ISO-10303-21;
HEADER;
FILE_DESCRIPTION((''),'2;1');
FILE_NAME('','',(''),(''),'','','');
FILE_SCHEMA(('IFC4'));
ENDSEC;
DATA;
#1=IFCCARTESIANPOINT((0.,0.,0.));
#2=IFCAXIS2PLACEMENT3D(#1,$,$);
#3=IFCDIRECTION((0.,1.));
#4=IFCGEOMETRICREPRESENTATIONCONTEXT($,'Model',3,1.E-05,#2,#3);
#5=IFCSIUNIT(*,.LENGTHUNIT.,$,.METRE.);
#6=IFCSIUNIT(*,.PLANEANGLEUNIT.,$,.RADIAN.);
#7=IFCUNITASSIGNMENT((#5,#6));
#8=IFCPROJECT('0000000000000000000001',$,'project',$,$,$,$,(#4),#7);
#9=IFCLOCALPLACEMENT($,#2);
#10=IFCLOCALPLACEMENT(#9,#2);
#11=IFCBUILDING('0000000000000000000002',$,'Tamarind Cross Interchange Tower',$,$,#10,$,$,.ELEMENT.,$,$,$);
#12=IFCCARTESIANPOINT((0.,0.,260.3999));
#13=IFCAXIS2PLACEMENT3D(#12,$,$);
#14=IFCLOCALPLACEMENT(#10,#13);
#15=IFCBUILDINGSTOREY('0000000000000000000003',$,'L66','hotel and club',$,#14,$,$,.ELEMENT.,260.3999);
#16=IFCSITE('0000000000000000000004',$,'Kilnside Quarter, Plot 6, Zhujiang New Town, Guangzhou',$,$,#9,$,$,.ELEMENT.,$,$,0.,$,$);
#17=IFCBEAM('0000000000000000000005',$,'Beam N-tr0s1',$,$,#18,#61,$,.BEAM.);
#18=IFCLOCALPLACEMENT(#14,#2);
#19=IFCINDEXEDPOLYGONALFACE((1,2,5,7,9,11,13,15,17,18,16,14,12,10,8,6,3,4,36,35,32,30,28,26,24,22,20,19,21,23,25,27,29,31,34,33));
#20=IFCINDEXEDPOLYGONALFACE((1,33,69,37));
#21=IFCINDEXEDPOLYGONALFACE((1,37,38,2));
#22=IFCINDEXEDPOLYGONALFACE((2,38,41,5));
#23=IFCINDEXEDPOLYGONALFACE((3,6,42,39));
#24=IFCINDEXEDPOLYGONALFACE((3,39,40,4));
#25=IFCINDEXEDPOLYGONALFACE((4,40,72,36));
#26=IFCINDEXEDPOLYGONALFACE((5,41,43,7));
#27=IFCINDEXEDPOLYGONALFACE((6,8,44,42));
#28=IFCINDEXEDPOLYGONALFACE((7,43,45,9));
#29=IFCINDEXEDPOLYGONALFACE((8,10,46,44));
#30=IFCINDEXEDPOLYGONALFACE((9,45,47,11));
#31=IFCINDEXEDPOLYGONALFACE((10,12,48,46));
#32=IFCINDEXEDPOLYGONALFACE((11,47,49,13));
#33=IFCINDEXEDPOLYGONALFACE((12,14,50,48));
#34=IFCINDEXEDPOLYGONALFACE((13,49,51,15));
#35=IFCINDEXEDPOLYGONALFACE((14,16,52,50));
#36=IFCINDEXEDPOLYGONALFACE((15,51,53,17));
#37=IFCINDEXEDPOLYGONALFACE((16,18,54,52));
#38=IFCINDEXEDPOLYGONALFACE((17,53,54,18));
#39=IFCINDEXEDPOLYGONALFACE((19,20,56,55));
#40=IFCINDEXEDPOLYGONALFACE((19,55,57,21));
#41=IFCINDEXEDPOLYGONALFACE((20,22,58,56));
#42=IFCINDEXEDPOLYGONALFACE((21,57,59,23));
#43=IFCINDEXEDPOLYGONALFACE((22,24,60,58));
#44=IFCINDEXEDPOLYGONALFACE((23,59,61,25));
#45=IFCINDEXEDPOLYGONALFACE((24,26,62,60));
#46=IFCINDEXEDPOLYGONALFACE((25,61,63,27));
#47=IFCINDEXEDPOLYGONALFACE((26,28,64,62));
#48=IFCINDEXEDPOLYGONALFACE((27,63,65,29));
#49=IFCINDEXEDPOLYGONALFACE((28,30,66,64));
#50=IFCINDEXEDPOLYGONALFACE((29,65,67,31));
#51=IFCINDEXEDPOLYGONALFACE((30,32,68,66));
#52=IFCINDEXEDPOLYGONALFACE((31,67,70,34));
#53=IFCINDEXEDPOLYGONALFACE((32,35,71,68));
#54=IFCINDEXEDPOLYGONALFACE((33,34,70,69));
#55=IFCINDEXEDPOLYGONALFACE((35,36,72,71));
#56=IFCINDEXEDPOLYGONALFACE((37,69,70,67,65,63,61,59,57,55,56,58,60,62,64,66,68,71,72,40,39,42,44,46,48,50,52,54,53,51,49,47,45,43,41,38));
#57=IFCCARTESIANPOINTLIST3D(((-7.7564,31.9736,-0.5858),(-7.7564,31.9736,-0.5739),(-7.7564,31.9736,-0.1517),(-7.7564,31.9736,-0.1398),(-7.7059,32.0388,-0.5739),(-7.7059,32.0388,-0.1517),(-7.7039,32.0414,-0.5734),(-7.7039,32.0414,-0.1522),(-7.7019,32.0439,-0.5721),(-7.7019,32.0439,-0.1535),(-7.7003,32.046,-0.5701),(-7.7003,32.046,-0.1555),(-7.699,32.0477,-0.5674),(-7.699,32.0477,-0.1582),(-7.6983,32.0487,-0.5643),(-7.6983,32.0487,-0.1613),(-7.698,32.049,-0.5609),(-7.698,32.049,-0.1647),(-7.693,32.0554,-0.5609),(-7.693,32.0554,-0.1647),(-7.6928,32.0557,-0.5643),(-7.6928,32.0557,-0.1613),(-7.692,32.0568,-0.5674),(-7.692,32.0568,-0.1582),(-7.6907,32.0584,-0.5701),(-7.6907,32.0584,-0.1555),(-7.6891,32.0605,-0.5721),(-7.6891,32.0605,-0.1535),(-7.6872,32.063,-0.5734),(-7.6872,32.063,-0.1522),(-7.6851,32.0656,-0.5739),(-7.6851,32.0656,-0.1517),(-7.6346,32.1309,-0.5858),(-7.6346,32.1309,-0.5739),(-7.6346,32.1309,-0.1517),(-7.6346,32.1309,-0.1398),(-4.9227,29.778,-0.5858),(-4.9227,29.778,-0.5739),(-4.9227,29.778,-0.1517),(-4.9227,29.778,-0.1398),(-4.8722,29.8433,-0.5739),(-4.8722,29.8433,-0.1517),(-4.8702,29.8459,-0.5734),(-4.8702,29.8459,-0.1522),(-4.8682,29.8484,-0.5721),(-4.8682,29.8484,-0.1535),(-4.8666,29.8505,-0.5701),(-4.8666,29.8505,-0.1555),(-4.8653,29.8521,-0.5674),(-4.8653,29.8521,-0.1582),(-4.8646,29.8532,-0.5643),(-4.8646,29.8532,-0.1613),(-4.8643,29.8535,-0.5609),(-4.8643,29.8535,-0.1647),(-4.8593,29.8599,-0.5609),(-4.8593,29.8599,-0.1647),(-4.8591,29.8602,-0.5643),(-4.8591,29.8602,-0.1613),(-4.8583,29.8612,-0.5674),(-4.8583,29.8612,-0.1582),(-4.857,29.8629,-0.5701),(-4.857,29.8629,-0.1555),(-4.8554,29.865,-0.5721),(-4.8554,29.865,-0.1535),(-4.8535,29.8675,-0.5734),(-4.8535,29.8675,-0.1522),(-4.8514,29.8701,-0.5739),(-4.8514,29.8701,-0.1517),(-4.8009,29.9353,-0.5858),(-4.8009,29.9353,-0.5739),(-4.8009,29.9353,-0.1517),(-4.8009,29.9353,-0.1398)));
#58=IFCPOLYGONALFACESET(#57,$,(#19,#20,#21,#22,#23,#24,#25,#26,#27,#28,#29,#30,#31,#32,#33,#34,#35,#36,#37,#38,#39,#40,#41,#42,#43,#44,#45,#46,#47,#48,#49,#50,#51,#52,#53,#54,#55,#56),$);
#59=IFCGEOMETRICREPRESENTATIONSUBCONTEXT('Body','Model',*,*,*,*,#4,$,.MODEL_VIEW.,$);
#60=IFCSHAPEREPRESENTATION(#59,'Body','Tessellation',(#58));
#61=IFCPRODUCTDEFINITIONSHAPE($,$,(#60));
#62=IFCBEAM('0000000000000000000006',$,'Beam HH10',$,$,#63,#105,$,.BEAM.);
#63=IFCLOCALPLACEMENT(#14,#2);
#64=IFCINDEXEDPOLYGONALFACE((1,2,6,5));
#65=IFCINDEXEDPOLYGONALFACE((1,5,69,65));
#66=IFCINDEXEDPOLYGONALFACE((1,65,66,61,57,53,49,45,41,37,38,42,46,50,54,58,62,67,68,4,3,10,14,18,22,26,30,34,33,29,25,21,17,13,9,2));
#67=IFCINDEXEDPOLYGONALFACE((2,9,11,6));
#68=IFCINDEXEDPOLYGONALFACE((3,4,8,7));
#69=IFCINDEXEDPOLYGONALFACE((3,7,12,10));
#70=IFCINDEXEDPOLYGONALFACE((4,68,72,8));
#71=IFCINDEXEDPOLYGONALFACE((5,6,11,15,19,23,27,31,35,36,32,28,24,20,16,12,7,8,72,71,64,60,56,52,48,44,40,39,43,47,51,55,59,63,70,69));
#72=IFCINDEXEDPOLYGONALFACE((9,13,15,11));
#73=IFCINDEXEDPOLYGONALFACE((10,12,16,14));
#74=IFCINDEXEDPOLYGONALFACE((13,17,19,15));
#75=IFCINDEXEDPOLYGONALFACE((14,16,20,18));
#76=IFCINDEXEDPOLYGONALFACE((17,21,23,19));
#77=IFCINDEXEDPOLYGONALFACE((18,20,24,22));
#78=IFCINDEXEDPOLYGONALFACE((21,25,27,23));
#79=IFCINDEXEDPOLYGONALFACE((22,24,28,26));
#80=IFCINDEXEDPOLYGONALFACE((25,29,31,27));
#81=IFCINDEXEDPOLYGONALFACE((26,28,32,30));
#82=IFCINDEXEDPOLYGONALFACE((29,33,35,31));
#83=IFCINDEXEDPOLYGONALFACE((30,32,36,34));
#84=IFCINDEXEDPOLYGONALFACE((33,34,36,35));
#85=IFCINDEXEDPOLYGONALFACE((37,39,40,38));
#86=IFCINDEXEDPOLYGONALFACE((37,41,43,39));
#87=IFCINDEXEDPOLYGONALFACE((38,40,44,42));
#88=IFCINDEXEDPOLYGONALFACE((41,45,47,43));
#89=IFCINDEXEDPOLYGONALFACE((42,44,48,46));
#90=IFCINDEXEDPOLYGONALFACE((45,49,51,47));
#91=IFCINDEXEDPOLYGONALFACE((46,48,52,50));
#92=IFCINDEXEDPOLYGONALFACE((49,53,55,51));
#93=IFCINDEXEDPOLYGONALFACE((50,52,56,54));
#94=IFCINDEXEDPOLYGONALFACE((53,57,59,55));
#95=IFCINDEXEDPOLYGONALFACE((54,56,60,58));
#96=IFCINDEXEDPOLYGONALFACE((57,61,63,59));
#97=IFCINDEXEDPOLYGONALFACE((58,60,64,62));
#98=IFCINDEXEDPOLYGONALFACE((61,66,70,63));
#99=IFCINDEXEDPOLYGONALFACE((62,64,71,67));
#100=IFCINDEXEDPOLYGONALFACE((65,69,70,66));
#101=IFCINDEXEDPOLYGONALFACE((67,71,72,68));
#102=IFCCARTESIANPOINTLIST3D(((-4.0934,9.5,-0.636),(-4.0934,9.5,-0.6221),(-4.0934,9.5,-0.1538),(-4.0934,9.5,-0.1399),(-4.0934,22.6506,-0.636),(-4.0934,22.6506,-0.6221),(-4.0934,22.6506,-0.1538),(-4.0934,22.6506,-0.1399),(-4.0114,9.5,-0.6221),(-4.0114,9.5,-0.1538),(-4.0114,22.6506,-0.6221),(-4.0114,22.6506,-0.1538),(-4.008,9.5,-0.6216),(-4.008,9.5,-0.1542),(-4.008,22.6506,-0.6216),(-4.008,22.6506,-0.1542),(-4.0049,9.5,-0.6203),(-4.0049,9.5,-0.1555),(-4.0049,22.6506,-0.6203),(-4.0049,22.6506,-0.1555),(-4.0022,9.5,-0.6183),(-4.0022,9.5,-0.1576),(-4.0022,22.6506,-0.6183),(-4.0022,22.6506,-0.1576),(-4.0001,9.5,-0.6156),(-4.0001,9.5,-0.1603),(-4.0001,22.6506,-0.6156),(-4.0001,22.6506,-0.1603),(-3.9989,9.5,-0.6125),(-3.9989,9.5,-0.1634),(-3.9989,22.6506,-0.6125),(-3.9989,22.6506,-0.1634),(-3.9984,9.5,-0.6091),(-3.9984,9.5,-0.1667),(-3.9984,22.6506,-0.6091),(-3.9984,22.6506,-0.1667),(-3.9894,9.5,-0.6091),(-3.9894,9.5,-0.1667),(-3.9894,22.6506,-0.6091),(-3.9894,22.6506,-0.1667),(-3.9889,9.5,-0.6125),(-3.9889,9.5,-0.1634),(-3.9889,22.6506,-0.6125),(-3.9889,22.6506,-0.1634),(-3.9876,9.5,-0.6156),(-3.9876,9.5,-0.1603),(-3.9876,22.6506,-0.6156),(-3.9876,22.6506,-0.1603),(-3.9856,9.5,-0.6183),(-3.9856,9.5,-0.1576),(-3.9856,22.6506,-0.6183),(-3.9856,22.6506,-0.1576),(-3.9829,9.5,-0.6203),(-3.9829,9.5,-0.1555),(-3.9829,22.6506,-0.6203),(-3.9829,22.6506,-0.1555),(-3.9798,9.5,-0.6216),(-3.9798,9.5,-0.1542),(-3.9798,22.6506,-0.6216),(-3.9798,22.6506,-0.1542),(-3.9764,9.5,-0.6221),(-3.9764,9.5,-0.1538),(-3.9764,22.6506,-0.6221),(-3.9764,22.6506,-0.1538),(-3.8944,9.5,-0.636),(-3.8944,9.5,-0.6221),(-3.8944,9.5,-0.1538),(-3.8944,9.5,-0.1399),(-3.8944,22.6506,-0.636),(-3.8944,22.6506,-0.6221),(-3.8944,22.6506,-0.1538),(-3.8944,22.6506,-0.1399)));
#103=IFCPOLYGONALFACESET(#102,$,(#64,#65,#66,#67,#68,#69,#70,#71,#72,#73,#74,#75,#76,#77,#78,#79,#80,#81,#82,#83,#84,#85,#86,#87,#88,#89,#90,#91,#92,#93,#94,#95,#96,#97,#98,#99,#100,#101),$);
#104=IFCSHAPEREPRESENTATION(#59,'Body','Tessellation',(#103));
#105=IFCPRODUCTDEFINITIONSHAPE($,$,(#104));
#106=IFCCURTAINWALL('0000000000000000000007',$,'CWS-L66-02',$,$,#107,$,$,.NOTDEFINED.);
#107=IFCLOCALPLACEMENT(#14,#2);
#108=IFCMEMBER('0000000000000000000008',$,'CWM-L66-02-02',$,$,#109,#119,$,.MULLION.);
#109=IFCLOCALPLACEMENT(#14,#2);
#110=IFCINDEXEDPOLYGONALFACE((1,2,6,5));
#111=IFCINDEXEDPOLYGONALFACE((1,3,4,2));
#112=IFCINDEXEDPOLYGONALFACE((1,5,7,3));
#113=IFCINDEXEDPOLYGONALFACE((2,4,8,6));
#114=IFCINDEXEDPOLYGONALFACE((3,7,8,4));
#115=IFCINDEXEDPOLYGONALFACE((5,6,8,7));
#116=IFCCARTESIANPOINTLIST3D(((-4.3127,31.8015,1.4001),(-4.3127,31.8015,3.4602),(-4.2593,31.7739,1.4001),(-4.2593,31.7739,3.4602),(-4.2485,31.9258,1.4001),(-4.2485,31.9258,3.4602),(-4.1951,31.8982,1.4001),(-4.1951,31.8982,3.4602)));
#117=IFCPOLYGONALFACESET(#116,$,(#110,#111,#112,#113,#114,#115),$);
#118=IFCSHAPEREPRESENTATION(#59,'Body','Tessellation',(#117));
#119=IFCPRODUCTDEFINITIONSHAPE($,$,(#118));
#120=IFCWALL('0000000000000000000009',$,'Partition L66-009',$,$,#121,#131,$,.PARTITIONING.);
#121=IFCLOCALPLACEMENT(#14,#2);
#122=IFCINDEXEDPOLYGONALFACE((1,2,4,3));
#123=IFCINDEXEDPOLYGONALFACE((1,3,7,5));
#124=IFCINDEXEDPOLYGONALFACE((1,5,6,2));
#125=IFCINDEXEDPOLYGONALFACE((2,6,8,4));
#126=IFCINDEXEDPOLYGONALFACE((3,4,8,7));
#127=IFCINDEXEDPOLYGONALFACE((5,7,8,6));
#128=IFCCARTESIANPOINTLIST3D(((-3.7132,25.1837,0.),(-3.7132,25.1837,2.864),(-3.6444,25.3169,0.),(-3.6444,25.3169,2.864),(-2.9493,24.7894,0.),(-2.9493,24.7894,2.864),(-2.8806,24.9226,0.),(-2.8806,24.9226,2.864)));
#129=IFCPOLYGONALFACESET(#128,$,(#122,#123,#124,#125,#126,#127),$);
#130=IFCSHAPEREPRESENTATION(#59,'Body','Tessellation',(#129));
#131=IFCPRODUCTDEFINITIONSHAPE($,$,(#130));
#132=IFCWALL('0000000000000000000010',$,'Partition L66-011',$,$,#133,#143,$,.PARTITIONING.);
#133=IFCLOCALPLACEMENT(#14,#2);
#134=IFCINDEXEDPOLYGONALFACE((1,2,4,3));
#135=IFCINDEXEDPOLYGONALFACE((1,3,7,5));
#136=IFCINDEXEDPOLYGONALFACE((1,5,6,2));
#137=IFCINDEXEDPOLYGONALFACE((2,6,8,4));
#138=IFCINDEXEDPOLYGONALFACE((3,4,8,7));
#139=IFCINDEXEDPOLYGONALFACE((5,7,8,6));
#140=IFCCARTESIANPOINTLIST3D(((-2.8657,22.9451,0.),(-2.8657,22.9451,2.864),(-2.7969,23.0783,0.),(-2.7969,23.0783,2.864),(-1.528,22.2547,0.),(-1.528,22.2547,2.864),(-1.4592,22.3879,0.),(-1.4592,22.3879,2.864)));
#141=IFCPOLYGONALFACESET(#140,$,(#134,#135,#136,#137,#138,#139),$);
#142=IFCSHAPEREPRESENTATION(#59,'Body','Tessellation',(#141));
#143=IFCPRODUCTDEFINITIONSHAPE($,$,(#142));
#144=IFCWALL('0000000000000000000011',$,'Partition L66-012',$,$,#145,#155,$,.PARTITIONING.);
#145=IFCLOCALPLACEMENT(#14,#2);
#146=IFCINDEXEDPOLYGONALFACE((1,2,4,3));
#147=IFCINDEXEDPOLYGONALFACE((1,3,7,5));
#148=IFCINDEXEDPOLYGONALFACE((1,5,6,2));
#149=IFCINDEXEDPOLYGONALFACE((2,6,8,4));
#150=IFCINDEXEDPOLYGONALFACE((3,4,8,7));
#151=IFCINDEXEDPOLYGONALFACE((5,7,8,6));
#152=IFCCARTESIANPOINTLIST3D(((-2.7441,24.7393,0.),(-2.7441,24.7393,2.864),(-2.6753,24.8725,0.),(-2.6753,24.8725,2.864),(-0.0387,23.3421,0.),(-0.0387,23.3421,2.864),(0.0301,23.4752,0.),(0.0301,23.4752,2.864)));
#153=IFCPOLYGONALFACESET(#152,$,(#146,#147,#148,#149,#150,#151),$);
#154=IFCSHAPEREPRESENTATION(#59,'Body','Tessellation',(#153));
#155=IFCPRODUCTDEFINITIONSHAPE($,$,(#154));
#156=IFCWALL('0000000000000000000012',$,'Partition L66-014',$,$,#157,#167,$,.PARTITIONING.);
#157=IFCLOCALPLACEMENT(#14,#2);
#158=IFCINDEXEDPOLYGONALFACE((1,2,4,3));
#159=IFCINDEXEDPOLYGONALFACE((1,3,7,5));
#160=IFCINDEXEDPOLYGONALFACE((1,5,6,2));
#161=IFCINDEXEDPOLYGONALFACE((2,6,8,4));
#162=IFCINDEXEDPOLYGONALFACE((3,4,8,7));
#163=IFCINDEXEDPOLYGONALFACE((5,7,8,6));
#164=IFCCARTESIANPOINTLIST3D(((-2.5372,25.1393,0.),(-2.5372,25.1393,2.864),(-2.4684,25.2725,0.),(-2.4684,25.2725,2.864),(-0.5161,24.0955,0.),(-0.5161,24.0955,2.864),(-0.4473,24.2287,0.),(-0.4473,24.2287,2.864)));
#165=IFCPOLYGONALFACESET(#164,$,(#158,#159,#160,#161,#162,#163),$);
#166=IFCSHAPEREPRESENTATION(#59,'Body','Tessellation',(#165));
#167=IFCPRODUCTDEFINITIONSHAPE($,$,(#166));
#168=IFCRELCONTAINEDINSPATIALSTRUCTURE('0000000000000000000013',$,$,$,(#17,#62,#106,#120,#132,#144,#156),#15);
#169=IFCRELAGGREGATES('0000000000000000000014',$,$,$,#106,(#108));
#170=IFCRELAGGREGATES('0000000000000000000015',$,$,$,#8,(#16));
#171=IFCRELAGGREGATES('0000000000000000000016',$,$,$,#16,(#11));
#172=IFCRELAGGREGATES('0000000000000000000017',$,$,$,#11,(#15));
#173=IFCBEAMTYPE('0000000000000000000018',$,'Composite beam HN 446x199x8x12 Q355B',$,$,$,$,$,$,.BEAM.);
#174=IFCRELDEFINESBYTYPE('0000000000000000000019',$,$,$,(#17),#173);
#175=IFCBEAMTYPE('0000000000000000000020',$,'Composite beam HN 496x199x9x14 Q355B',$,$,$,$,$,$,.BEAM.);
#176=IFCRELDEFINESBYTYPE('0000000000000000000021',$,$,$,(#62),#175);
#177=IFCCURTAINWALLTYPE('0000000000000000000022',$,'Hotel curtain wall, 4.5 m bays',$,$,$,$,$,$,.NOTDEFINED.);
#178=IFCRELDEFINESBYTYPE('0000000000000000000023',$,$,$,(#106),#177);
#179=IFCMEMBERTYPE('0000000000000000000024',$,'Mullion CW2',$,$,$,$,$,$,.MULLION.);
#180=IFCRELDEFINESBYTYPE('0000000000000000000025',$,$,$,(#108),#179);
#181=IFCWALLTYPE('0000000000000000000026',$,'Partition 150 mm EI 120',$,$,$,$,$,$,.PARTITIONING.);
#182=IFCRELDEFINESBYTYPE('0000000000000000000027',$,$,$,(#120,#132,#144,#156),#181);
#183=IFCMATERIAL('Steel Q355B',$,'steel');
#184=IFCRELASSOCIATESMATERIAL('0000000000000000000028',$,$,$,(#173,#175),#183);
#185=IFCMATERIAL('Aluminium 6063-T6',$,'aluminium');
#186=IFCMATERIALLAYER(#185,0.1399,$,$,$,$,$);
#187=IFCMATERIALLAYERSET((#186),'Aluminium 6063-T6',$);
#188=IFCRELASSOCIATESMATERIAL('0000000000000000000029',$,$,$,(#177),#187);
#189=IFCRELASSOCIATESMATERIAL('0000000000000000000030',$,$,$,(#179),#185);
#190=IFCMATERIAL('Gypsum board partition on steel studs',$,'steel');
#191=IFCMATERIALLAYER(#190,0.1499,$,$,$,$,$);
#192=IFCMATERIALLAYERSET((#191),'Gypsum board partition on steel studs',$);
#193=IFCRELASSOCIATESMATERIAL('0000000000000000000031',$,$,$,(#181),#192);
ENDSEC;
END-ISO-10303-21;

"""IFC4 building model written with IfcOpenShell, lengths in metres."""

from ifc_helpers import new_model, si_unit, direction, frame, frame_2d, origin, origin_2d, place, context, subcontext, project, spatial, rectangle, i_section, extrude, material, layer, layer_set, material_profile, profile_set, type_object, element, aggregate, save


model = new_model("IFC4")

# Units and contexts
model_context = context("Model", 3, precision=1e-05, world=origin(), true_north=direction((0.0, 1.0)))
body_context = subcontext(model_context, "Body", "Model", "MODEL_VIEW")
ifc_project = project(units=[si_unit("LENGTHUNIT", "METRE"), si_unit("PLANEANGLEUNIT", "RADIAN")], contexts=[model_context])

# Site, building, storey
site_placement = place(None, origin())
site = spatial("IfcSite", under=ifc_project, at=site_placement, Name="Kilnside Quarter, Plot 6, Zhujiang New Town, Guangzhou", CompositionType="ELEMENT", RefElevation=0.0)
building_placement = place(site_placement, origin())
building = spatial("IfcBuilding", under=site, at=building_placement, Name="Tamarind Cross Interchange Tower", CompositionType="ELEMENT")
storey_placement = place(building_placement, frame((0.0, 0.0, 260.3999)))
storey = spatial("IfcBuildingStorey", under=building, at=storey_placement, Name="L66", Description="hotel and club", CompositionType="ELEMENT", Elevation=260.3999)

# Beams
ifc_material_1 = material(Name="Steel Q355B", Category="steel")
ifc_material_profile_1 = material_profile(ifc_material_1, i_section(OverallWidth=0.199, OverallDepth=0.446, WebThickness=0.0081, FlangeThickness=0.012, FilletRadius=0.0129, at=origin_2d()), Name="HN 446x199x8x12")
ifc_profile_set_1 = profile_set([ifc_material_profile_1], Name="Steel Q355B")
beam_type_1 = type_object("IfcBeamType", Name="Composite beam HN 446x199x8x12 Q355B", PredefinedType="BEAM", material=ifc_profile_set_1)
beam_1_placement = place(storey_placement, frame((-4.8618, 29.8567, -0.3628), z_axis=(-0.790495, 0.612468, 0.0), x_axis=(-0.612468, -0.790495, 0.0)))
element("IfcBeam", 1, at=beam_1_placement, inside=storey, type_object=beam_type_1, Name="Beam N-tr0s1", PredefinedType="BEAM", context=body_context, shape_type="SweptSolid", body=[
    extrude(i_section(OverallWidth=0.199, OverallDepth=0.446, WebThickness=0.0081, FlangeThickness=0.012, FilletRadius=0.0129, at=origin_2d()), origin(), (0.0, 0.0, 1.0), 3.5847),
])
ifc_material_profile_2 = material_profile(ifc_material_1, i_section(OverallWidth=0.199, OverallDepth=0.4961, WebThickness=0.009, FlangeThickness=0.0139, FilletRadius=0.0129, at=origin_2d()), Name="HN 496x199x9x14")
ifc_profile_set_2 = profile_set([ifc_material_profile_2], Name="Steel Q355B")
beam_type_2 = type_object("IfcBeamType", Name="Composite beam HN 496x199x9x14 Q355B", PredefinedType="BEAM", material=ifc_profile_set_2)
beam_2_placement = place(storey_placement, frame((-3.9939, 22.6506, -0.3879), z_axis=(0.0, -1.0, 0.0), x_axis=(1.0, 0.0, 0.0)))
element("IfcBeam", 2, at=beam_2_placement, inside=storey, type_object=beam_type_2, Name="Beam HH10", PredefinedType="BEAM", context=body_context, shape_type="SweptSolid", body=[
    extrude(i_section(OverallWidth=0.199, OverallDepth=0.4961, WebThickness=0.009, FlangeThickness=0.0139, FilletRadius=0.0129, at=origin_2d()), origin(), (0.0, 0.0, 1.0), 13.1506),
])

# Curtain wall, member
ifc_material_2 = material(Name="Aluminium 6063-T6", Category="aluminium")
ifc_layer_1 = layer(ifc_material_2, 0.1399)
ifc_layer_set_1 = layer_set([ifc_layer_1], Name="Aluminium 6063-T6")
curtain_wall_type = type_object("IfcCurtainWallType", Name="Hotel curtain wall, 4.5 m bays", PredefinedType="NOTDEFINED", material=ifc_layer_set_1)
curtain_wall_placement = place(storey_placement, origin())
curtain_wall = element("IfcCurtainWall", 3, at=curtain_wall_placement, inside=storey, type_object=curtain_wall_type, Name="CWS-L66-02", PredefinedType="NOTDEFINED")
ifc_material_profile_3 = material_profile(ifc_material_2, rectangle(XDim=0.0601, YDim=0.1399, at=origin_2d()), Name="Mullion CW2")
ifc_profile_set_3 = profile_set([ifc_material_profile_3], Name="Aluminium 6063-T6")
member_type = type_object("IfcMemberType", Name="Mullion CW2", PredefinedType="MULLION", material=ifc_profile_set_3)
member_placement = place(storey_placement, frame((-4.2539, 31.8499, 1.4001), z_axis=(0.0, 0.0, 1.0), x_axis=(-0.888521, 0.458836, 0.0)))
member = element("IfcMember", 4, at=member_placement, type_object=member_type, Name="CWM-L66-02-02", PredefinedType="MULLION", context=body_context, shape_type="SweptSolid", body=[
    extrude(rectangle(XDim=0.0601, YDim=0.1399, at=origin_2d()), origin(), (0.0, 0.0, 1.0), 2.0601),
])
aggregate(curtain_wall, [member])

# Walls
ifc_material_3 = material(Name="Gypsum board partition on steel studs", Category="steel")
ifc_layer_2 = layer(ifc_material_3, 0.1499)
ifc_layer_set_2 = layer_set([ifc_layer_2], Name="Gypsum board partition on steel studs")
wall_type_1 = type_object("IfcWallType", Name="Partition 150 mm EI 120", PredefinedType="PARTITIONING", material=ifc_layer_set_2)
wall_1_placement = place(storey_placement, frame((-3.6787, 25.2502, 0.0), z_axis=(0.0, 0.0, 1.0), x_axis=(0.888617, -0.45865, 0.0)))
element("IfcWall", 5, at=wall_1_placement, inside=storey, type_object=wall_type_1, Name="Partition L66-009", PredefinedType="PARTITIONING", context=body_context, shape_type="SweptSolid", body=[
    extrude(rectangle(XDim=0.8596, YDim=0.1499, at=frame_2d((0.4297, 0.0))), origin(), (0.0, 0.0, 1.0), 2.864),
])
wall_2_placement = place(storey_placement, frame((-2.8313, 23.0117, 0.0), z_axis=(0.0, 0.0, 1.0), x_axis=(0.888612, -0.458659, 0.0)))
element("IfcWall", 6, at=wall_2_placement, inside=storey, type_object=wall_type_1, Name="Partition L66-011", PredefinedType="PARTITIONING", context=body_context, shape_type="SweptSolid", body=[
    extrude(rectangle(XDim=1.5054, YDim=0.1499, at=frame_2d((0.7527, 0.0))), origin(), (0.0, 0.0, 1.0), 2.864),
])
wall_3_placement = place(storey_placement, frame((-2.7097, 24.8059, 0.0), z_axis=(0.0, 0.0, 1.0), x_axis=(0.888497, -0.458882, 0.0)))
element("IfcWall", 7, at=wall_3_placement, inside=storey, type_object=wall_type_1, Name="Partition L66-012", PredefinedType="PARTITIONING", context=body_context, shape_type="SweptSolid", body=[
    extrude(rectangle(XDim=3.0449, YDim=0.1499, at=frame_2d((1.5225, 0.0))), origin(), (0.0, 0.0, 1.0), 2.864),
])
wall_4_placement = place(storey_placement, frame((-2.5027, 25.2058, 0.0), z_axis=(0.0, 0.0, 1.0), x_axis=(0.888512, -0.458853, 0.0)))
element("IfcWall", 8, at=wall_4_placement, inside=storey, type_object=wall_type_1, Name="Partition L66-014", PredefinedType="PARTITIONING", context=body_context, shape_type="SweptSolid", body=[
    extrude(rectangle(XDim=2.2747, YDim=0.1499, at=frame_2d((1.1372, 0.0))), origin(), (0.0, 0.0, 1.0), 2.864),
])

save(model, "model.ifc")
